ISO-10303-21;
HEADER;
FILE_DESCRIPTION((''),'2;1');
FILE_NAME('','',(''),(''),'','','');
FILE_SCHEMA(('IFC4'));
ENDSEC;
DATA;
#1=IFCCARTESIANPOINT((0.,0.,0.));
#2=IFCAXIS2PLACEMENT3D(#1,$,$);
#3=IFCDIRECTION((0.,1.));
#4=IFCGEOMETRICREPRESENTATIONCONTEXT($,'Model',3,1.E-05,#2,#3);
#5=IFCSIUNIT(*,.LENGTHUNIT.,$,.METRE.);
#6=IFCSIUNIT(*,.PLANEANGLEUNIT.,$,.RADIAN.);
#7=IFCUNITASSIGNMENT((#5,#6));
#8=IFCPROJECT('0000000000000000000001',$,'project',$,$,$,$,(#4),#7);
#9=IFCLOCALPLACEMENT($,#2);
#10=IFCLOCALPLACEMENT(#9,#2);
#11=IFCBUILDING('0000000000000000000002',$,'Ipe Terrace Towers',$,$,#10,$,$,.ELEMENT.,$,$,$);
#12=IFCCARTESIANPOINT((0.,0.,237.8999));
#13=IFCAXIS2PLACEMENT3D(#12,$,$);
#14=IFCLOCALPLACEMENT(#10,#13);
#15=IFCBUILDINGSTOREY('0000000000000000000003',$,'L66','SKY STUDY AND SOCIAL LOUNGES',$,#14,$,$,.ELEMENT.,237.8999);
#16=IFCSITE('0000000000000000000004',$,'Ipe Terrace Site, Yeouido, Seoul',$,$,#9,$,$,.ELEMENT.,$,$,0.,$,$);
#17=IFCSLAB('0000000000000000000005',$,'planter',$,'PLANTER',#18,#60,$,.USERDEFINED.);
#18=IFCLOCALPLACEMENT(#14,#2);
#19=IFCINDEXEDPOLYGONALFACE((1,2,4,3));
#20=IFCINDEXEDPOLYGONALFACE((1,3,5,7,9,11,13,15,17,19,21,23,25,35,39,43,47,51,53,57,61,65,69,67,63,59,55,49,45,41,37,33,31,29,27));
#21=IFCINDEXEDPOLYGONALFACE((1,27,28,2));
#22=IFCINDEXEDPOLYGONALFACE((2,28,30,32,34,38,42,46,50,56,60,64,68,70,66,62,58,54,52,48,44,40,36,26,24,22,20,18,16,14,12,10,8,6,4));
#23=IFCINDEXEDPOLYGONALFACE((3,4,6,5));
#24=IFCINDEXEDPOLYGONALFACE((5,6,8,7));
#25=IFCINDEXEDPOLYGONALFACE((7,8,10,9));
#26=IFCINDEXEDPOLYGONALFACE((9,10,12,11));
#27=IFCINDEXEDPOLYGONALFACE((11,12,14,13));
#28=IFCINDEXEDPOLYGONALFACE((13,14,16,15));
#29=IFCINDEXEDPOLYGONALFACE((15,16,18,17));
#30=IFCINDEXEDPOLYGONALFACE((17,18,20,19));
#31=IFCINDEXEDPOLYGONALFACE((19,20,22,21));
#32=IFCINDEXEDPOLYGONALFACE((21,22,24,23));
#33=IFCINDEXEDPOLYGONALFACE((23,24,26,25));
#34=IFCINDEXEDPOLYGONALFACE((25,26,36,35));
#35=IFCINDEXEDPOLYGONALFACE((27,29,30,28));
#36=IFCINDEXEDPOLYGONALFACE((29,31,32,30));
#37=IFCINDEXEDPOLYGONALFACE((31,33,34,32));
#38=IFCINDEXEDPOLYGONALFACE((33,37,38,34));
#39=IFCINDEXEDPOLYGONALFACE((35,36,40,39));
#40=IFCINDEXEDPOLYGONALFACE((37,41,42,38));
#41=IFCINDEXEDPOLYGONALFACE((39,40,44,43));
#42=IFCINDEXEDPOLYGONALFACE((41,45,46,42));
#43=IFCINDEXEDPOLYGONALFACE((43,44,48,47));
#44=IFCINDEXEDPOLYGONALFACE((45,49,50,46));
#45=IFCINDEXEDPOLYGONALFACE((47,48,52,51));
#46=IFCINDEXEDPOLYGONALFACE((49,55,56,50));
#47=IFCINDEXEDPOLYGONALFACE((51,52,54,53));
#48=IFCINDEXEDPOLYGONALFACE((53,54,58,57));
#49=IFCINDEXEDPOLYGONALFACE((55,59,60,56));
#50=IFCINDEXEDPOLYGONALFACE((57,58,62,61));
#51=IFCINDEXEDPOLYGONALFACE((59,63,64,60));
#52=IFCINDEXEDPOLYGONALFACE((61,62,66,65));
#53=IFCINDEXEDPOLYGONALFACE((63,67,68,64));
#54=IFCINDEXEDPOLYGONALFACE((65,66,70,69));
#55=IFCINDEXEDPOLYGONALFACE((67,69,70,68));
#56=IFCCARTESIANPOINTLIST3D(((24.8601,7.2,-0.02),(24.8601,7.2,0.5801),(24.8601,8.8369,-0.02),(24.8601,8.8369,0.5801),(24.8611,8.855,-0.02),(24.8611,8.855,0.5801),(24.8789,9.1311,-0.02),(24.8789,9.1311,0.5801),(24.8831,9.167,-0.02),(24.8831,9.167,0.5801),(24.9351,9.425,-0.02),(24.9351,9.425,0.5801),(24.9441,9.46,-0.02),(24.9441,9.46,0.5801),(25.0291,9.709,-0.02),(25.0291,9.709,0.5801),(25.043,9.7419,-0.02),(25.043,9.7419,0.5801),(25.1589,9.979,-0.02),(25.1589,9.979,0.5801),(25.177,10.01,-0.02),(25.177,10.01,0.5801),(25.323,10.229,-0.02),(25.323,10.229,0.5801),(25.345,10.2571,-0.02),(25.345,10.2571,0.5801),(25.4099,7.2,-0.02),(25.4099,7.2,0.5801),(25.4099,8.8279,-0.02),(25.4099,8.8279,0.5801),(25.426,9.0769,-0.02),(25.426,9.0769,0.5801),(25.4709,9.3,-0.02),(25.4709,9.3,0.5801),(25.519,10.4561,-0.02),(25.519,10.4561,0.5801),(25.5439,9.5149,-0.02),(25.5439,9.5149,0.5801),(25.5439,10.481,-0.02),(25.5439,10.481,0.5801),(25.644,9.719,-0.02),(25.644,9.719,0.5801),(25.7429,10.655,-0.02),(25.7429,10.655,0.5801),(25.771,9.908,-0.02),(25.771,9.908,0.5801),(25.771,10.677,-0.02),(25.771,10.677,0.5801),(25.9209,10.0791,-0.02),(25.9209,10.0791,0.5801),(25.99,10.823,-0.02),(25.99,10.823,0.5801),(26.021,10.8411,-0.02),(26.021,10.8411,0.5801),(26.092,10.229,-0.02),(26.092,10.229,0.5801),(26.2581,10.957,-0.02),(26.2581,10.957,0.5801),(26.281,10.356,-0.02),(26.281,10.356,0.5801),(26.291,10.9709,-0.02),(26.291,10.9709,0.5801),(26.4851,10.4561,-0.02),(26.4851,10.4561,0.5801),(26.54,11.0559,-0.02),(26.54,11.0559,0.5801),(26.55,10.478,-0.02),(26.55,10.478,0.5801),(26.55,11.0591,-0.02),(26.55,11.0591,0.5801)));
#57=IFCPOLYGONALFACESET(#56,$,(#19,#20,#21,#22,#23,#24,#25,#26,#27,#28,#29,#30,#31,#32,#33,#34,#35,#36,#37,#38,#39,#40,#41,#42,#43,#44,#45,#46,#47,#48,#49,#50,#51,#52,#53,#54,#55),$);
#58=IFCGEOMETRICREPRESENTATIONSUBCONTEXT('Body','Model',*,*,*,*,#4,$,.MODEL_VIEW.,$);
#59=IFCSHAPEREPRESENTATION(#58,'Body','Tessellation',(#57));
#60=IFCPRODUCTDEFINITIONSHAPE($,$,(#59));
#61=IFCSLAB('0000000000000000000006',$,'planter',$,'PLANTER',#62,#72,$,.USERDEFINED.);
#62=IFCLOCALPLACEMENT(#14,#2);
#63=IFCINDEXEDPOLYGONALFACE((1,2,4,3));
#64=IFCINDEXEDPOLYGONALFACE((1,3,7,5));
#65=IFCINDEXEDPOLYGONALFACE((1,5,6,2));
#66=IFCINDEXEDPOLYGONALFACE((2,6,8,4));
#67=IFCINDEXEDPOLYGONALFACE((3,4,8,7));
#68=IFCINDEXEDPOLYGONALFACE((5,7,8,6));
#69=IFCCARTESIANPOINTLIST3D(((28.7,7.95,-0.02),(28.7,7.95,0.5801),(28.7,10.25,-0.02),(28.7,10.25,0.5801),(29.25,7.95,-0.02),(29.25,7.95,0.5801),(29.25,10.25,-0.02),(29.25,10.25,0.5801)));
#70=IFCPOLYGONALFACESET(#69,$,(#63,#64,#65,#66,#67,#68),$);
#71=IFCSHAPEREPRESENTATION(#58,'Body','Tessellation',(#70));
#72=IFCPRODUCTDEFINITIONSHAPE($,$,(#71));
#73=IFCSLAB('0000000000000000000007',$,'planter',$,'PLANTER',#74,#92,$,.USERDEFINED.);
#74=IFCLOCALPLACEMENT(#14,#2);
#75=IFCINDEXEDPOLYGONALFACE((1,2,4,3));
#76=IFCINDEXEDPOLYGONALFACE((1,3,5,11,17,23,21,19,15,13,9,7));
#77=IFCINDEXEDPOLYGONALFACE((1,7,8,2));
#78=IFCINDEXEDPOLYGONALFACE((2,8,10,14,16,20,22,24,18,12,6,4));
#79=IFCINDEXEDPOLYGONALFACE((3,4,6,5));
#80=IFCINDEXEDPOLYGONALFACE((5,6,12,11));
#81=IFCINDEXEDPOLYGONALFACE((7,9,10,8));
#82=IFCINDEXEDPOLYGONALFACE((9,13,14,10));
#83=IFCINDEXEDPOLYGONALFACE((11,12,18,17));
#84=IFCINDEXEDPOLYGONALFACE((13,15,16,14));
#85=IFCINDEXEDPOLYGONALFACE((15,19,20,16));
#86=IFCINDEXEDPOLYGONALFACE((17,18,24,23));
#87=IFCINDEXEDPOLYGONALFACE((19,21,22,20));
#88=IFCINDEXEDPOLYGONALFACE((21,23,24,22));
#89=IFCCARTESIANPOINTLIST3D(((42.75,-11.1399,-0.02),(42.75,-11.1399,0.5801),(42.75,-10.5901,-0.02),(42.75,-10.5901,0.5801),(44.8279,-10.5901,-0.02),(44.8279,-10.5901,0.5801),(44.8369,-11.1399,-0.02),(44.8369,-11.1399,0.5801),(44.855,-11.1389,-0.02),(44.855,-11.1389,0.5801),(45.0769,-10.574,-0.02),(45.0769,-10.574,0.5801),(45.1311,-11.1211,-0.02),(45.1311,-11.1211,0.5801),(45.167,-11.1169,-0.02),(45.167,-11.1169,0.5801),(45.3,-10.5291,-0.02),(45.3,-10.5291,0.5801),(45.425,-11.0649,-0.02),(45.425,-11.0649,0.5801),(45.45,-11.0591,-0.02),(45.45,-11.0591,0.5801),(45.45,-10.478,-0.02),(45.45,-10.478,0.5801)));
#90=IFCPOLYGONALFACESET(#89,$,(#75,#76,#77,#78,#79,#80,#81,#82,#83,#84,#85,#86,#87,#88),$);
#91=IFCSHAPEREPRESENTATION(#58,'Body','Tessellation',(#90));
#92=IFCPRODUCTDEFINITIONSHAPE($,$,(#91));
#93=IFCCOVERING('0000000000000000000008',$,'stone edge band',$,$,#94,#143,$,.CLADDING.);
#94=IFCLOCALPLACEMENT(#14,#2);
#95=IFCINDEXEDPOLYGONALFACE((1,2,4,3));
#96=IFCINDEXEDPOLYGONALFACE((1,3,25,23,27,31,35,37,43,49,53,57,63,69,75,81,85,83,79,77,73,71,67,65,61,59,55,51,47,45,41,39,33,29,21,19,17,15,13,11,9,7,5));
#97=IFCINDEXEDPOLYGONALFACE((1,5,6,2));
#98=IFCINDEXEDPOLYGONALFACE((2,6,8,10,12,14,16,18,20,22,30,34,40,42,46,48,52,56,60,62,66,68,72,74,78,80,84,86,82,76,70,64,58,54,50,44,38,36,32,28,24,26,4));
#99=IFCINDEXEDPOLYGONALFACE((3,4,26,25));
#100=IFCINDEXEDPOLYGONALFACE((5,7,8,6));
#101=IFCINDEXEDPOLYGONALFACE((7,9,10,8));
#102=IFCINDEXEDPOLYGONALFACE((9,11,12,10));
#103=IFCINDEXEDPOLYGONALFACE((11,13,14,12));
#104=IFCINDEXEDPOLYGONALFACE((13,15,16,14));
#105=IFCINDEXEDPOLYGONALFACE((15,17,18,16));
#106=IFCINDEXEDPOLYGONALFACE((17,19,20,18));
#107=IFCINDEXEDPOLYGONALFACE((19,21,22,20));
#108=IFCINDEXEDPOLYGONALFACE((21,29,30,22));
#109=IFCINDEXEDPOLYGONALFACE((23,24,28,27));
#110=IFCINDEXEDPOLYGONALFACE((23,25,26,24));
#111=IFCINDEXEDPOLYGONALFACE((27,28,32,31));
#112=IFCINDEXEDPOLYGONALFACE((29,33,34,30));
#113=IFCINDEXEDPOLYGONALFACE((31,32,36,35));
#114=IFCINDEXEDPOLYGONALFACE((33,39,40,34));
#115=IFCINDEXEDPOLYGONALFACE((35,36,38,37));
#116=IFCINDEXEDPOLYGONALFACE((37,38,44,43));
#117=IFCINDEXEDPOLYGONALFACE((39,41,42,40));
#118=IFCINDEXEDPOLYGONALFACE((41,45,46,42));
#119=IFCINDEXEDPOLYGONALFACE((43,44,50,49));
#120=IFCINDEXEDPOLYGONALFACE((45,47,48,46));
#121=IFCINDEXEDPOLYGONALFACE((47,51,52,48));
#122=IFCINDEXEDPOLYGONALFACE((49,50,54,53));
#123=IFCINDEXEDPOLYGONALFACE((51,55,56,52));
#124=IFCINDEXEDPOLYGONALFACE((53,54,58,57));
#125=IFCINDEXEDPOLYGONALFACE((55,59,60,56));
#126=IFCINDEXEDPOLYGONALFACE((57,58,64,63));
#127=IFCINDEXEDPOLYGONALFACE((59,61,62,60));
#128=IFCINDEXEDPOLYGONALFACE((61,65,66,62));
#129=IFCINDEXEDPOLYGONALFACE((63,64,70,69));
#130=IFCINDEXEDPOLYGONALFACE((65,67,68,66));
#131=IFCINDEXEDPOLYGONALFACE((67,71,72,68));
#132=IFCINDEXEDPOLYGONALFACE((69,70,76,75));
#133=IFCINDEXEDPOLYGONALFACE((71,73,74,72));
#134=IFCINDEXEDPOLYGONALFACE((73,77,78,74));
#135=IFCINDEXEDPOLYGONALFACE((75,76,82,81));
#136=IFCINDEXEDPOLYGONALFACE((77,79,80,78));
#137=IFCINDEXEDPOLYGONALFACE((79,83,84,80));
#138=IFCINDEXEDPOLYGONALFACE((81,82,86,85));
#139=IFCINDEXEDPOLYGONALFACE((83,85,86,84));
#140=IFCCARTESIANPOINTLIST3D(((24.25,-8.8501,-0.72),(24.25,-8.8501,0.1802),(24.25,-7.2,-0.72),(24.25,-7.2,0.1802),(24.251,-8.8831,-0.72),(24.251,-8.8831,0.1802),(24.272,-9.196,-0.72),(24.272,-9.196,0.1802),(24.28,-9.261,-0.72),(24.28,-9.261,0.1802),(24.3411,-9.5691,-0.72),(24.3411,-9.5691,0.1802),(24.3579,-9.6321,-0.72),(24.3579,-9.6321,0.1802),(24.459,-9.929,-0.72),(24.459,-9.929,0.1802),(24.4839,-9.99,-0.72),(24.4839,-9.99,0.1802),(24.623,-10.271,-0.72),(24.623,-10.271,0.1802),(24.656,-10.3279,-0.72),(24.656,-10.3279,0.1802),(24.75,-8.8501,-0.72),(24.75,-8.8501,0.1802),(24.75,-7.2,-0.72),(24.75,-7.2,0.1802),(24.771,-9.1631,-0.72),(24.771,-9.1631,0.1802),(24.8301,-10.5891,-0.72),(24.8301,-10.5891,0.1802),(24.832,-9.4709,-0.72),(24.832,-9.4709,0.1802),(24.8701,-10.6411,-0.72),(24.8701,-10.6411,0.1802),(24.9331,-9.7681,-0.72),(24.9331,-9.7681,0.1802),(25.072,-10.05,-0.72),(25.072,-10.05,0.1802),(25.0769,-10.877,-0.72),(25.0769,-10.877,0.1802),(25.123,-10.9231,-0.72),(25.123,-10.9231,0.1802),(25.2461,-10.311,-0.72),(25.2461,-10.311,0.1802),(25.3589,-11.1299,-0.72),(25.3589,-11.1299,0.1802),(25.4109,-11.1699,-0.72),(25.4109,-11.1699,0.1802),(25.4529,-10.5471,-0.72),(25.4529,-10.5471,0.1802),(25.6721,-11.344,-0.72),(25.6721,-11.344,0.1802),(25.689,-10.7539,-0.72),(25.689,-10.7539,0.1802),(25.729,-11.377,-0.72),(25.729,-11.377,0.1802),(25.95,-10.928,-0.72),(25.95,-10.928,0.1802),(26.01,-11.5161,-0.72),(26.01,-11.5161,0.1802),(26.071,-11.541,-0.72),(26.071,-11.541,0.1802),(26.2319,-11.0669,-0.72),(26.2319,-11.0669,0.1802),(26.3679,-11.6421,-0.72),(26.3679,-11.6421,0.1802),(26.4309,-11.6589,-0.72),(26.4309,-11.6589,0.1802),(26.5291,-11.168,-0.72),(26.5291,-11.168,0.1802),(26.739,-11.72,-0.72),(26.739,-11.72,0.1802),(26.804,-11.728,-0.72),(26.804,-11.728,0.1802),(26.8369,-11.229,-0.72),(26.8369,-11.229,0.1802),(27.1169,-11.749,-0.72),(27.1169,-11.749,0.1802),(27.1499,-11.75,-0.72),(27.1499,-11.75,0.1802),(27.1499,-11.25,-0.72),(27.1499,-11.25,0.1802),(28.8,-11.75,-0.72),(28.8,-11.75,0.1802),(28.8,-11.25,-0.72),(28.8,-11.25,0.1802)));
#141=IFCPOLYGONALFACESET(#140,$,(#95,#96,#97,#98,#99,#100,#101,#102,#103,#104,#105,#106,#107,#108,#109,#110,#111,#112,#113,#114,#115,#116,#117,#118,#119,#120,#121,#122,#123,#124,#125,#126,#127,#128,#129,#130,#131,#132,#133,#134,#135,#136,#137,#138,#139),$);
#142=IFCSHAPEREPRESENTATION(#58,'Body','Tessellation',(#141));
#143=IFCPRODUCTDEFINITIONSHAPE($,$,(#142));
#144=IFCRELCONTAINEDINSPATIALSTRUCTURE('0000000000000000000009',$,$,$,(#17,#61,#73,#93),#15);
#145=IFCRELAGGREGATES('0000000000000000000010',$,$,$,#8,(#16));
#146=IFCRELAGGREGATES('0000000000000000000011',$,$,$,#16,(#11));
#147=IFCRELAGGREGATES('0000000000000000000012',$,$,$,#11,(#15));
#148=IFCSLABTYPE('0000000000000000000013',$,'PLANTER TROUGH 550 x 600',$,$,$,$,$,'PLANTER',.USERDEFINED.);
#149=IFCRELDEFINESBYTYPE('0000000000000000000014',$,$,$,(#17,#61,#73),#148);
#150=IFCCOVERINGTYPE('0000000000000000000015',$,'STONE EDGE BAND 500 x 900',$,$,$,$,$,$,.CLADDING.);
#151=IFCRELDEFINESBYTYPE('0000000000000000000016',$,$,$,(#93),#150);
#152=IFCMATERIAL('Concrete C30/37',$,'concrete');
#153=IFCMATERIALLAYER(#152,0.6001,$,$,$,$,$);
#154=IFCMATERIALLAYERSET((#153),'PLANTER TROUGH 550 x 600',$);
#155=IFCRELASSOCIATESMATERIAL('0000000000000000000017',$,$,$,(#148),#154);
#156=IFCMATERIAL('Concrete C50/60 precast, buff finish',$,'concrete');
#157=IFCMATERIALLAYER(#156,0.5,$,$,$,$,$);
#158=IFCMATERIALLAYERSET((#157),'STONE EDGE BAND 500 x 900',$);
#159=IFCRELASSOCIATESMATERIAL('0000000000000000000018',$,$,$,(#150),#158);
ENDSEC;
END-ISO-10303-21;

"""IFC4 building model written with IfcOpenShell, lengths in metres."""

from ifc_helpers import new_model, si_unit, direction, frame, origin, place, context, subcontext, project, spatial, polyline, outline, extrude, material, layer, layer_set, type_object, element, save


model = new_model("IFC4")

# Units and contexts
model_context = context("Model", 3, precision=1e-05, world=origin(), true_north=direction((0.0, 1.0)))
body_context = subcontext(model_context, "Body", "Model", "MODEL_VIEW")
ifc_project = project(units=[si_unit("LENGTHUNIT", "METRE"), si_unit("PLANEANGLEUNIT", "RADIAN")], contexts=[model_context])

# Site, building, storey
site_placement = place(None, origin())
site = spatial("IfcSite", under=ifc_project, at=site_placement, Name="Ipe Terrace Site, Yeouido, Seoul", CompositionType="ELEMENT", RefElevation=0.0)
building_placement = place(site_placement, origin())
building = spatial("IfcBuilding", under=site, at=building_placement, Name="Ipe Terrace Towers", CompositionType="ELEMENT")
storey_placement = place(building_placement, frame((0.0, 0.0, 237.8999)))
storey = spatial("IfcBuildingStorey", under=building, at=storey_placement, Name="L66", Description="SKY STUDY AND SOCIAL LOUNGES", CompositionType="ELEMENT", Elevation=237.8999)

# Slabs
ifc_material_1 = material(Name="Concrete C30/37", Category="concrete")
ifc_layer_1 = layer(ifc_material_1, 0.6001)
ifc_layer_set_1 = layer_set([ifc_layer_1], Name="PLANTER TROUGH 550 x 600")
slab_type_1 = type_object("IfcSlabType", Name="PLANTER TROUGH 550 x 600", ElementType="PLANTER", PredefinedType="USERDEFINED", material=ifc_layer_set_1)
slab_1_placement = place(storey_placement, frame((0.0, 0.0, -0.02)))
element("IfcSlab", 1, at=slab_1_placement, inside=storey, type_object=slab_type_1, Name="planter", ObjectType="PLANTER", PredefinedType="USERDEFINED", context=body_context, shape_type="SweptSolid", body=[
    extrude(outline(polyline([(26.4851, 10.4561), (26.55, 10.478), (26.55, 11.0591), (26.54, 11.0559), (26.291, 10.9709), (26.2581, 10.957), (26.021, 10.8411), (25.99, 10.823), (25.771, 10.677), (25.7429, 10.655), (25.5439, 10.481), (25.519, 10.4561), (25.345, 10.2571), (25.323, 10.229), (25.177, 10.01), (25.1589, 9.979), (25.043, 9.7419), (25.0291, 9.709), (24.9441, 9.46), (24.9351, 9.425), (24.8831, 9.167), (24.8789, 9.1311), (24.8611, 8.855), (24.8601, 8.8369), (24.8601, 7.2), (25.4099, 7.2), (25.4099, 8.8279), (25.426, 9.0769), (25.4709, 9.3), (25.5439, 9.5149), (25.644, 9.719), (25.771, 9.908), (25.9209, 10.0791), (26.092, 10.229), (26.281, 10.356), (26.4851, 10.4561)])), origin(), (0.0, 0.0, 1.0), 0.6001),
])
slab_2_placement = place(storey_placement, frame((0.0, 0.0, -0.02)))
element("IfcSlab", 2, at=slab_2_placement, inside=storey, type_object=slab_type_1, Name="planter", ObjectType="PLANTER", PredefinedType="USERDEFINED", context=body_context, shape_type="SweptSolid", body=[
    extrude(outline(polyline([(29.25, 7.95), (29.25, 10.25), (28.7, 10.25), (28.7, 7.95), (29.25, 7.95)])), origin(), (0.0, 0.0, 1.0), 0.6001),
])
slab_3_placement = place(storey_placement, frame((0.0, 0.0, -0.02)))
element("IfcSlab", 3, at=slab_3_placement, inside=storey, type_object=slab_type_1, Name="planter", ObjectType="PLANTER", PredefinedType="USERDEFINED", context=body_context, shape_type="SweptSolid", body=[
    extrude(outline(polyline([(45.3, -10.5291), (45.0769, -10.574), (44.8279, -10.5901), (42.75, -10.5901), (42.75, -11.1399), (44.8369, -11.1399), (44.855, -11.1389), (45.1311, -11.1211), (45.167, -11.1169), (45.425, -11.0649), (45.45, -11.0591), (45.45, -10.478), (45.3, -10.5291)])), origin(), (0.0, 0.0, 1.0), 0.6001),
])

# Covering
ifc_material_2 = material(Name="Concrete C50/60 precast, buff finish", Category="concrete")
ifc_layer_2 = layer(ifc_material_2, 0.5)
ifc_layer_set_2 = layer_set([ifc_layer_2], Name="STONE EDGE BAND 500 x 900")
covering_type_1 = type_object("IfcCoveringType", Name="STONE EDGE BAND 500 x 900", PredefinedType="CLADDING", material=ifc_layer_set_2)
covering_1_placement = place(storey_placement, frame((0.0, 0.0, -0.72)))
element("IfcCovering", 4, at=covering_1_placement, inside=storey, type_object=covering_type_1, Name="stone edge band", PredefinedType="CLADDING", context=body_context, shape_type="SweptSolid", body=[
    extrude(outline(polyline([(24.25, -8.8501), (24.251, -8.8831), (24.272, -9.196), (24.28, -9.261), (24.3411, -9.5691), (24.3579, -9.6321), (24.459, -9.929), (24.4839, -9.99), (24.623, -10.271), (24.656, -10.3279), (24.8301, -10.5891), (24.8701, -10.6411), (25.0769, -10.877), (25.123, -10.9231), (25.3589, -11.1299), (25.4109, -11.1699), (25.6721, -11.344), (25.729, -11.377), (26.01, -11.5161), (26.071, -11.541), (26.3679, -11.6421), (26.4309, -11.6589), (26.739, -11.72), (26.804, -11.728), (27.1169, -11.749), (27.1499, -11.75), (28.8, -11.75), (28.8, -11.25), (27.1499, -11.25), (26.8369, -11.229), (26.5291, -11.168), (26.2319, -11.0669), (25.95, -10.928), (25.689, -10.7539), (25.4529, -10.5471), (25.2461, -10.311), (25.072, -10.05), (24.9331, -9.7681), (24.832, -9.4709), (24.771, -9.1631), (24.75, -8.8501), (24.75, -7.2), (24.25, -7.2), (24.25, -8.8501)])), origin(), (0.0, 0.0, 1.0), 0.9001),
])

save(model, "model.ifc")
